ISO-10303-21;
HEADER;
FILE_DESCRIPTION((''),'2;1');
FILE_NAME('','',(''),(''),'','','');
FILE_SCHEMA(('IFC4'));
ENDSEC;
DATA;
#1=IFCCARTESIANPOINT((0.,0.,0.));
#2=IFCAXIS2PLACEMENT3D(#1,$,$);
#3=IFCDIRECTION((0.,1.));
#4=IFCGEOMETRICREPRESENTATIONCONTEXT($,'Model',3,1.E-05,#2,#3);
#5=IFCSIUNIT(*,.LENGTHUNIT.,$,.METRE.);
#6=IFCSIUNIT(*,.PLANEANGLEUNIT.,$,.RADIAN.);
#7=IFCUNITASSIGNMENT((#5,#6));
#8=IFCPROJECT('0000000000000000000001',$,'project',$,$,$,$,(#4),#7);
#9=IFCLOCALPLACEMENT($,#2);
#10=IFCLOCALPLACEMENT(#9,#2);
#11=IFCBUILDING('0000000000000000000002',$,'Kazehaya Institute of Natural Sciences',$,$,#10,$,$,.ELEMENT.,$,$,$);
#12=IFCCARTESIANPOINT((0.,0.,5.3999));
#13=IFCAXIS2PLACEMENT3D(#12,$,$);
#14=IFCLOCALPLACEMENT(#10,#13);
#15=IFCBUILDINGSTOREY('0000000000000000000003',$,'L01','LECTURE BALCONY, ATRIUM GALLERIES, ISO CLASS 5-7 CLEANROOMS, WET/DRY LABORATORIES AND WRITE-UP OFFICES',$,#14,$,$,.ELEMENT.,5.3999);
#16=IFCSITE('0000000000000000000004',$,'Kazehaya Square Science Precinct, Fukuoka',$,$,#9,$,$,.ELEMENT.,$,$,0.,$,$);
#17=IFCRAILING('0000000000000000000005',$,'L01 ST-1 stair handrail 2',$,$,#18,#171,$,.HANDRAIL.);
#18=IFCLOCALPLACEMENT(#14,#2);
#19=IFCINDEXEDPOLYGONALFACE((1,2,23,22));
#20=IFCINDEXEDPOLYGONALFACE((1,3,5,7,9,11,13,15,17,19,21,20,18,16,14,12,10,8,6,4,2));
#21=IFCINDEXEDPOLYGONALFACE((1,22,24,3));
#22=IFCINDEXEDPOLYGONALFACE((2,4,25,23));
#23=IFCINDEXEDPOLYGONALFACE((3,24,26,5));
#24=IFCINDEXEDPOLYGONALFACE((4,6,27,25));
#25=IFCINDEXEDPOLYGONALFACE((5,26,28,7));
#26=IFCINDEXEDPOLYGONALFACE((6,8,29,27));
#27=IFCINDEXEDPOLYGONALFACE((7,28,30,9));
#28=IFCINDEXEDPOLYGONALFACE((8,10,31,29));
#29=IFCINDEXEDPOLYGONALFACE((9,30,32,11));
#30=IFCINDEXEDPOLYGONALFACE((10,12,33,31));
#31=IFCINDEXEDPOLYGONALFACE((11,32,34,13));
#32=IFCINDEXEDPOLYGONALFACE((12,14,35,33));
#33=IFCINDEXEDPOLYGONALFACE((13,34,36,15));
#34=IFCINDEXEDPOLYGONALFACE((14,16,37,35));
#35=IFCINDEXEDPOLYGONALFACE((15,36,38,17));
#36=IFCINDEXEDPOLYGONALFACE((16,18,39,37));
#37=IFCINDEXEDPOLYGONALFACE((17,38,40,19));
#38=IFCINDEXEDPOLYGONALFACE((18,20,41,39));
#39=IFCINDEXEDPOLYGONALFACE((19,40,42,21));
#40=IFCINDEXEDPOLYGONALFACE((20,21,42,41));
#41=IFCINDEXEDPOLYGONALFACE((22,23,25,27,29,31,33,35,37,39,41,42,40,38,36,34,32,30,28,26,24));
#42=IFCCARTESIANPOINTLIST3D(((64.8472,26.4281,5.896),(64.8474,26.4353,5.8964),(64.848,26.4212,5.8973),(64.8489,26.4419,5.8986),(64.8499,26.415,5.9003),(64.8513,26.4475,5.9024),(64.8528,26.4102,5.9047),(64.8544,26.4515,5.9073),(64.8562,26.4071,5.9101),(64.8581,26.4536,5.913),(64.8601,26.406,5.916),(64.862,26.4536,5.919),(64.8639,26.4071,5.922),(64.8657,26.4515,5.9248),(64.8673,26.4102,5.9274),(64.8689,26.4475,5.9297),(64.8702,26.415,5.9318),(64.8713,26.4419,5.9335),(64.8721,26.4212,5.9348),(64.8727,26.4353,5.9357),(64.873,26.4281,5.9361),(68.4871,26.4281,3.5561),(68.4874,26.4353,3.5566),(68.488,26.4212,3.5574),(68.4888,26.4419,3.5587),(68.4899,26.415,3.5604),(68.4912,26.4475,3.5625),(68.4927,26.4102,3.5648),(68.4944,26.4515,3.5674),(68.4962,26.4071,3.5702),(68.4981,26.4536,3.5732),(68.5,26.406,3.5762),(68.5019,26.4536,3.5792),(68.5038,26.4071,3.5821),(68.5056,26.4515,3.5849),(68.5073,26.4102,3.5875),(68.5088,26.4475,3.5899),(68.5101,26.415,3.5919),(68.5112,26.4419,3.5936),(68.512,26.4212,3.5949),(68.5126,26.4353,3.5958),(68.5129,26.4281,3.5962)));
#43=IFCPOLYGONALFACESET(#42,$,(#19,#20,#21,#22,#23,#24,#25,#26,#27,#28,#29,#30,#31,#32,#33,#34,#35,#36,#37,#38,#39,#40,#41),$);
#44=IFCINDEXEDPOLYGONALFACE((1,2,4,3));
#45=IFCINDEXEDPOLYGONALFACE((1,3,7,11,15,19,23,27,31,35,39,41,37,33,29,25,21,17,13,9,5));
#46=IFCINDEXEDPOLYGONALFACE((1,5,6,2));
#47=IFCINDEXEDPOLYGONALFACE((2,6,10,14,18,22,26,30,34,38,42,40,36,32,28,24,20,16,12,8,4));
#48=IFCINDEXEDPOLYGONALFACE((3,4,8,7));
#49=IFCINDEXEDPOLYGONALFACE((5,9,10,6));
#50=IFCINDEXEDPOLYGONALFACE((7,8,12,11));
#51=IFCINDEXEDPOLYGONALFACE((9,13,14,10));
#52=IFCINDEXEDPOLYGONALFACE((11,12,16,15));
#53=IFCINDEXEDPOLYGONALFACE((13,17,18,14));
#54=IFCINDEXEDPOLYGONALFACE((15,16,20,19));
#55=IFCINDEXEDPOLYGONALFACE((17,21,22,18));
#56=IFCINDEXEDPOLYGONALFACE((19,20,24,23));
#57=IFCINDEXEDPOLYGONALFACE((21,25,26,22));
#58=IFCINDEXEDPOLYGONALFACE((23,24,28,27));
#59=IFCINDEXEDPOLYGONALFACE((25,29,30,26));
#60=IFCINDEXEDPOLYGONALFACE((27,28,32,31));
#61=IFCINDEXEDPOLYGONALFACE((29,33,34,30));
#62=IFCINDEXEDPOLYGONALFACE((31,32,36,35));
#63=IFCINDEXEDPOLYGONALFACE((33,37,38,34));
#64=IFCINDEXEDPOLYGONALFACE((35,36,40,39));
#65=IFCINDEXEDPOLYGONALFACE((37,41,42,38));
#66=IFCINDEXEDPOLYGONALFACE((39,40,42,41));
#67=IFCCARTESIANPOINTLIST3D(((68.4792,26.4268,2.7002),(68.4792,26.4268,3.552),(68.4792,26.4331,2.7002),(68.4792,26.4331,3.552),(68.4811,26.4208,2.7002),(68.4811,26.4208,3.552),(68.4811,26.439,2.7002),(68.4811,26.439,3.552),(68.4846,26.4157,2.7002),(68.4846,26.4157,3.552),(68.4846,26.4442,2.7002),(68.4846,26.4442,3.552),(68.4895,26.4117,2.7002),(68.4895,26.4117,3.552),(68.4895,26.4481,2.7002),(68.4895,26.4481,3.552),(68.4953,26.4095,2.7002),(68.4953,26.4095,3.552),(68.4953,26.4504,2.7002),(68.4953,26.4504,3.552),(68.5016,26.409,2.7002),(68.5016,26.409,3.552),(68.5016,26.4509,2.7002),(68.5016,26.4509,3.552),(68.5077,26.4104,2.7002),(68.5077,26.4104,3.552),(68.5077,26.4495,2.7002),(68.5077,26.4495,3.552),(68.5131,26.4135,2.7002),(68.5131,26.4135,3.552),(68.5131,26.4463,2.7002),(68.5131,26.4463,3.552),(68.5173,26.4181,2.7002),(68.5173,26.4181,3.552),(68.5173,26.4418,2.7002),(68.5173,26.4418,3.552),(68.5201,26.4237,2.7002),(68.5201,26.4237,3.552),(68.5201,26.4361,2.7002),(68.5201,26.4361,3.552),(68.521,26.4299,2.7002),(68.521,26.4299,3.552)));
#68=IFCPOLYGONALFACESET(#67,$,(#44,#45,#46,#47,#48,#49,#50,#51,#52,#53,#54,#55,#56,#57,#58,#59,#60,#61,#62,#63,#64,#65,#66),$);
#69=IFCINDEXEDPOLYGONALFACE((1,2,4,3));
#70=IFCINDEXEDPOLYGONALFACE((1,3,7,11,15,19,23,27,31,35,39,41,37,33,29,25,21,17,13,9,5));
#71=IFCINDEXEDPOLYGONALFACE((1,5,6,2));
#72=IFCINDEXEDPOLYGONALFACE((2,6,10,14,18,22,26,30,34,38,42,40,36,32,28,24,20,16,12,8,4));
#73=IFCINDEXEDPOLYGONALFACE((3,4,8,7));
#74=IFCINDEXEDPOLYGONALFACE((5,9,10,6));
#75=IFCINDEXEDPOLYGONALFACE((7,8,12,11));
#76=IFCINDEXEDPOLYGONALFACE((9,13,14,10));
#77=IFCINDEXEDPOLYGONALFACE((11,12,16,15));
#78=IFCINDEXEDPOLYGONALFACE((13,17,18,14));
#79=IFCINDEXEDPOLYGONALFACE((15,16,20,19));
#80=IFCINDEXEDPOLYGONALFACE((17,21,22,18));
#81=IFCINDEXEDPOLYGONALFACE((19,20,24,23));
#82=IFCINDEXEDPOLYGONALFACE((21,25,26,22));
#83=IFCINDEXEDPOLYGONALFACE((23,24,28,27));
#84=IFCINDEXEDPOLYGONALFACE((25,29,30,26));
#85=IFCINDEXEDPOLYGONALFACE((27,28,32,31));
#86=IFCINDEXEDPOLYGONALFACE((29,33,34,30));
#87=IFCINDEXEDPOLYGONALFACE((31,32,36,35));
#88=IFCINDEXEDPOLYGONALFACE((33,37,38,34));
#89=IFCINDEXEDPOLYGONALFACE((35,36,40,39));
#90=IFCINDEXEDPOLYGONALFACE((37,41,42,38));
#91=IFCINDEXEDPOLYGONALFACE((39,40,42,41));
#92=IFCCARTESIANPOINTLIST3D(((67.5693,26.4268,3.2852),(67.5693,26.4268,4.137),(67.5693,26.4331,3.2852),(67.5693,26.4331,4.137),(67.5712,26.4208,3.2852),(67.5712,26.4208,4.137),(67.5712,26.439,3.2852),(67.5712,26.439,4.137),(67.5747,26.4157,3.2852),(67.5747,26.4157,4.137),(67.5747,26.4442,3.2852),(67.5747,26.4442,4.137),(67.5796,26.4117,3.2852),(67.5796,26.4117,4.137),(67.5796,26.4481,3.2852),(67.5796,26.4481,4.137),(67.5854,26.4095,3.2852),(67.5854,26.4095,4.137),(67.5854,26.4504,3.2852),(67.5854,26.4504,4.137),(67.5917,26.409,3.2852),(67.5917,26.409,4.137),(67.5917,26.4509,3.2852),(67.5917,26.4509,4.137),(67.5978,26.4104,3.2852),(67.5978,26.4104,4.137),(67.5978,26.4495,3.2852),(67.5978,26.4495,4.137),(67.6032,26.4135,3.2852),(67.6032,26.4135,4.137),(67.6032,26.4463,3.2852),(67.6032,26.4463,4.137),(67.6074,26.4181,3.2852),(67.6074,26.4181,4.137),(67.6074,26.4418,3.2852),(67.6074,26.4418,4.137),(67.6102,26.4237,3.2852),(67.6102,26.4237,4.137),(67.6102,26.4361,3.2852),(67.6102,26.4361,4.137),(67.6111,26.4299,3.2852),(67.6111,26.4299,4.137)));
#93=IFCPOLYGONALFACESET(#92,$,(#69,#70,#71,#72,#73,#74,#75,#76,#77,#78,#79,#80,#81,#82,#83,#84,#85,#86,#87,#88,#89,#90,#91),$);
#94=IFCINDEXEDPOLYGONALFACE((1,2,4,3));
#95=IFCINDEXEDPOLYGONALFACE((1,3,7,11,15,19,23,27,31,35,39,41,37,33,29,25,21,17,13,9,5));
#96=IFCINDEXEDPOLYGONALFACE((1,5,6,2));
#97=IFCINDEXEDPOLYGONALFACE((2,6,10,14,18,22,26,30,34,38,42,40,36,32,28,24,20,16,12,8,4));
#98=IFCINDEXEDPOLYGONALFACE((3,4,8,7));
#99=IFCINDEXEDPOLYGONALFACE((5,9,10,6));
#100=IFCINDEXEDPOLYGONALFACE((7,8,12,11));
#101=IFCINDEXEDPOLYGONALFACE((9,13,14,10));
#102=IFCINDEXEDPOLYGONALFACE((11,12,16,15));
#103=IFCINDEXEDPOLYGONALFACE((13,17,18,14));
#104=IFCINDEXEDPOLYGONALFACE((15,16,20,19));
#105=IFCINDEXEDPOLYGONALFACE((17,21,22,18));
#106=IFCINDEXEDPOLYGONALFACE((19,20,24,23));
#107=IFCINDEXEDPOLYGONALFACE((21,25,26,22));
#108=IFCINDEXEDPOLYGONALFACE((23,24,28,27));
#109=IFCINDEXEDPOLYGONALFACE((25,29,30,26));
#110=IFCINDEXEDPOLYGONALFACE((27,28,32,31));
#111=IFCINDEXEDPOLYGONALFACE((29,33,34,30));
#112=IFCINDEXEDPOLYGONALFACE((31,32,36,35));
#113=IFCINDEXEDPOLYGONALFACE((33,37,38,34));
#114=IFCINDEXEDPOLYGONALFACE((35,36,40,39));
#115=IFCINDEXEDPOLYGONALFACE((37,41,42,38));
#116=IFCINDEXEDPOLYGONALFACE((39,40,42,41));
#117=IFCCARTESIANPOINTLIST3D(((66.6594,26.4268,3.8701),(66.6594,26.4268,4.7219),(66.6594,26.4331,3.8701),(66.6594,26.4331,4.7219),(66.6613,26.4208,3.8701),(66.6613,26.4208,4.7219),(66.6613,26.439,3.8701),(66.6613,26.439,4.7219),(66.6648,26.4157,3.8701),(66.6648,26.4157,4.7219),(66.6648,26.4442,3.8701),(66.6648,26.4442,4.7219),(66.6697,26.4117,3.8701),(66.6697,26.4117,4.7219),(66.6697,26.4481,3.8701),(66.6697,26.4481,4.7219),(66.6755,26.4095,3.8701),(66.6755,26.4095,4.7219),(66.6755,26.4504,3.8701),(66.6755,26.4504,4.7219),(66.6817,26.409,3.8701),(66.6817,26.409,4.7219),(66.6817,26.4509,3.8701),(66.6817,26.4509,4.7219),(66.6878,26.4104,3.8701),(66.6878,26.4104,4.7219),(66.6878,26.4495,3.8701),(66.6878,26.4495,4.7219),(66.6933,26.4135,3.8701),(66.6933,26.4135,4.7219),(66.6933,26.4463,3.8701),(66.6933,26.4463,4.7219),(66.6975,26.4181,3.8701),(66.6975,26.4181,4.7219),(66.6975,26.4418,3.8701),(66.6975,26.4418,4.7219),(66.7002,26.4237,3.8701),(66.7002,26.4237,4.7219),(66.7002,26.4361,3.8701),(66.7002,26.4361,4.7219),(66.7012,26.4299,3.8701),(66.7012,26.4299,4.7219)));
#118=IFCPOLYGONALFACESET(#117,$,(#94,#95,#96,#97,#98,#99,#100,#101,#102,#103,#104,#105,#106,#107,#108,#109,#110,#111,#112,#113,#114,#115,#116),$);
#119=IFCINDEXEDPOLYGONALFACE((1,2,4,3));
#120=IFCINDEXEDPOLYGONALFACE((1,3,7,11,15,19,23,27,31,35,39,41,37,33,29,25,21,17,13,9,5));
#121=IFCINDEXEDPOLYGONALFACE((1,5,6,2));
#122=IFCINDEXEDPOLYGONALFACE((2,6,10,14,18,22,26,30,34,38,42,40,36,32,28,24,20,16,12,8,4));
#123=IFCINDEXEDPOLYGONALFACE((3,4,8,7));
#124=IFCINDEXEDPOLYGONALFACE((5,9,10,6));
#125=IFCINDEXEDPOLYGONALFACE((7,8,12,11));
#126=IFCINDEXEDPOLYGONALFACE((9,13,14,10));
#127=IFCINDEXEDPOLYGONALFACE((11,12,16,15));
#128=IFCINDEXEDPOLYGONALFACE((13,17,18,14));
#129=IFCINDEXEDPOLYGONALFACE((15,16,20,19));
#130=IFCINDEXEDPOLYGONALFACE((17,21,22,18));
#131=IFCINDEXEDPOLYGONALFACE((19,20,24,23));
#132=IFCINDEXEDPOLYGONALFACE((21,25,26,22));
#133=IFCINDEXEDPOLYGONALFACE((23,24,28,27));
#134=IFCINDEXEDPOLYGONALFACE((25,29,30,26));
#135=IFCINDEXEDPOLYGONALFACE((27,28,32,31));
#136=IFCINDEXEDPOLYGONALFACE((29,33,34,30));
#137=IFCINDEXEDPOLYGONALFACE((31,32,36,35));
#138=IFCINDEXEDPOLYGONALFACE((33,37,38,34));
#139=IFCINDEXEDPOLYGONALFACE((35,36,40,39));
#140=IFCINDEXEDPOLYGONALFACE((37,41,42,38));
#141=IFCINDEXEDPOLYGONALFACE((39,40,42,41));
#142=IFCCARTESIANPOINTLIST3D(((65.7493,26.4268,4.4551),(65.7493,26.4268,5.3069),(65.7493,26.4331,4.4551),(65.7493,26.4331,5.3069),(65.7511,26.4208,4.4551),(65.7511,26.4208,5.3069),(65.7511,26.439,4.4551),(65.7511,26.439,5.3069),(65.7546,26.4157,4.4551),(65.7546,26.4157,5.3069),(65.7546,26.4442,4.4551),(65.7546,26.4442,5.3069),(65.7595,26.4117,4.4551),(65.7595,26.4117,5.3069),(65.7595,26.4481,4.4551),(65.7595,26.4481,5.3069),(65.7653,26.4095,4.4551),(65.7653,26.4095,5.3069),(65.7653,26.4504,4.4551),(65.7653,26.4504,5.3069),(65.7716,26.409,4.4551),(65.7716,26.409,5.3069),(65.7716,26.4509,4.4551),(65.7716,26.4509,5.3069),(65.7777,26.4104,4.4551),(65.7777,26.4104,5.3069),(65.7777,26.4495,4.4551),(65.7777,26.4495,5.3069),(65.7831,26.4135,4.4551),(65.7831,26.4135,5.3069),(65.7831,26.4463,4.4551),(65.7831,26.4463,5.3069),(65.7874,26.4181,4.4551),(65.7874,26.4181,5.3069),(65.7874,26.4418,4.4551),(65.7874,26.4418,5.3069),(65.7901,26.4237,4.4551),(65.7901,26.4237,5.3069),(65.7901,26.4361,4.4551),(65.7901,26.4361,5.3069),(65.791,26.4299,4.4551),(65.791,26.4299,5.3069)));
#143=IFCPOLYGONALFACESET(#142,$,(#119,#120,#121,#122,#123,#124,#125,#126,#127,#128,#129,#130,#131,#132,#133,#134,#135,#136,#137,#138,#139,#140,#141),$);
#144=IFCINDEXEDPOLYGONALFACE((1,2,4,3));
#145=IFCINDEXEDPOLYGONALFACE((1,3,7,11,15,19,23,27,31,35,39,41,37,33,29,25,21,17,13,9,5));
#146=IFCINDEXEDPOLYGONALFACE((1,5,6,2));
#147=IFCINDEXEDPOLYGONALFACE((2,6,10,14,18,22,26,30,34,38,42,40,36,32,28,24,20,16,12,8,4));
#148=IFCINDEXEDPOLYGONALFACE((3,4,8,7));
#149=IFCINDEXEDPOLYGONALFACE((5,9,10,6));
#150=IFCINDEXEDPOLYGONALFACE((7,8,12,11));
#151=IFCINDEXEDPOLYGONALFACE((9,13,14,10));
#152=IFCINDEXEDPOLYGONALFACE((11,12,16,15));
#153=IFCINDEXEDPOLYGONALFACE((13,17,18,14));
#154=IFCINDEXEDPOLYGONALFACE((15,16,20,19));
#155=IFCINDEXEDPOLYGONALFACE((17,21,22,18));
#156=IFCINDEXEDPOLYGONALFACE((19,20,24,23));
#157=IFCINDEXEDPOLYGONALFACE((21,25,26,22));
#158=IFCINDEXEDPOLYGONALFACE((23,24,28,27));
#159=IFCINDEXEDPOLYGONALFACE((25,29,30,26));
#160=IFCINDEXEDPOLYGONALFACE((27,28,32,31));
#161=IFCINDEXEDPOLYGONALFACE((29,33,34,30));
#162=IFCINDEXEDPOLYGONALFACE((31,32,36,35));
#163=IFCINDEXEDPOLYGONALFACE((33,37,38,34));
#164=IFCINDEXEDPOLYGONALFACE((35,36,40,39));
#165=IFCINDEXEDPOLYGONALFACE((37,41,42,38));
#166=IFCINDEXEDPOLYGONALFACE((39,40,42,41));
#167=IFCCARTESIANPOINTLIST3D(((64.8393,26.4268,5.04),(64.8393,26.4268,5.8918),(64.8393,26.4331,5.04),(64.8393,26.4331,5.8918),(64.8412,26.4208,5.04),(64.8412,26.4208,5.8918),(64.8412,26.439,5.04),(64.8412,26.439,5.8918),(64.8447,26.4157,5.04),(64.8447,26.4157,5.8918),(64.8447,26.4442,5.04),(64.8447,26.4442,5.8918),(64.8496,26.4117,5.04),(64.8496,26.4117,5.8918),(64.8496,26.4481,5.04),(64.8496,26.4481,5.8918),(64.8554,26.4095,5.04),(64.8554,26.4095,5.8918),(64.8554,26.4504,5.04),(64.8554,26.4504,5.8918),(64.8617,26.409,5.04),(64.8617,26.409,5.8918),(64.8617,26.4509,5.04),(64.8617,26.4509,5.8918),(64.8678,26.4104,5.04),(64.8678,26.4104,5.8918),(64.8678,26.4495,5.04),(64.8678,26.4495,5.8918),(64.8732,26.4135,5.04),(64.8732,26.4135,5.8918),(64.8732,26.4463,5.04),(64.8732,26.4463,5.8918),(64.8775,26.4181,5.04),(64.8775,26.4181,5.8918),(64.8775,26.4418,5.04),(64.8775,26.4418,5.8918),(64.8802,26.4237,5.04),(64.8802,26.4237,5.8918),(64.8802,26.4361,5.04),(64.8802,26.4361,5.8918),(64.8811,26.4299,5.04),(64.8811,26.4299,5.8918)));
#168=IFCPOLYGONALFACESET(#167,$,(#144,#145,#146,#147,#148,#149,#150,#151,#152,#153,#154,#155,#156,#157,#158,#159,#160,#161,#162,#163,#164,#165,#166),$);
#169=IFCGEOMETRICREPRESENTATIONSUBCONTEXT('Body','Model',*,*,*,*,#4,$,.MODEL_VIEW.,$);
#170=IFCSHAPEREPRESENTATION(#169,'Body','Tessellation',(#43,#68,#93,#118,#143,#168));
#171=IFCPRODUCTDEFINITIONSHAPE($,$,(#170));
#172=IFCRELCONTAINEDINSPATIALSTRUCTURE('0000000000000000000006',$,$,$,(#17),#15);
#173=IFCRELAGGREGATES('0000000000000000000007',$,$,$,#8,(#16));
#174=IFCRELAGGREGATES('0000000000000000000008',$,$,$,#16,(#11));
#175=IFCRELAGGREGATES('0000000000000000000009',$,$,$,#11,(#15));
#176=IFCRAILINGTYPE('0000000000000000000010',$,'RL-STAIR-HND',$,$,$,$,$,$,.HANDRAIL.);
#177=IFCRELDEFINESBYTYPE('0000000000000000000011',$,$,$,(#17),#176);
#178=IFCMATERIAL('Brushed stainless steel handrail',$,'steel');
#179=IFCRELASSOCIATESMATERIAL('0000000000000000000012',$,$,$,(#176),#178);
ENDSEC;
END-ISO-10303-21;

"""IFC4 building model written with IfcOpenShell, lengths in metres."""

from ifc_helpers import new_model, si_unit, direction, frame, origin, origin_2d, place, context, subcontext, project, spatial, circle, extrude, material, type_object, element, save


model = new_model("IFC4")

# Units and contexts
model_context = context("Model", 3, precision=1e-05, world=origin(), true_north=direction((0.0, 1.0)))
body_context = subcontext(model_context, "Body", "Model", "MODEL_VIEW")
ifc_project = project(units=[si_unit("LENGTHUNIT", "METRE"), si_unit("PLANEANGLEUNIT", "RADIAN")], contexts=[model_context])

# Site, building, storey
site_placement = place(None, origin())
site = spatial("IfcSite", under=ifc_project, at=site_placement, Name="Kazehaya Square Science Precinct, Fukuoka", CompositionType="ELEMENT", RefElevation=0.0)
building_placement = place(site_placement, origin())
building = spatial("IfcBuilding", under=site, at=building_placement, Name="Kazehaya Institute of Natural Sciences", CompositionType="ELEMENT")
storey_placement = place(building_placement, frame((0.0, 0.0, 5.3999)))
storey = spatial("IfcBuildingStorey", under=building, at=storey_placement, Name="L01", Description="LECTURE BALCONY, ATRIUM GALLERIES, ISO CLASS 5-7 CLEANROOMS, WET/DRY LABORATORIES AND WRITE-UP OFFICES", CompositionType="ELEMENT", Elevation=5.3999)

# Railing
ifc_material_1 = material(Name="Brushed stainless steel handrail", Category="steel")
railing_type_1 = type_object("IfcRailingType", Name="RL-STAIR-HND", PredefinedType="HANDRAIL", material=ifc_material_1)
railing_1_placement = place(storey_placement, frame((68.5, 26.4299, 2.7002)))
element("IfcRailing", 1, at=railing_1_placement, inside=storey, type_object=railing_type_1, Name="L01 ST-1 stair handrail 2", PredefinedType="HANDRAIL", context=body_context, shape_type="SweptSolid", body=[
    extrude(circle(Radius=0.0239, at=origin_2d()), frame((0.0, 0.0, 0.876), z_axis=(-0.841188, 0.0, 0.540743), x_axis=(0.0, -1.0, 0.0)), (0.0, 0.0, 1.0), 4.3271),
    extrude(circle(Radius=0.021, at=origin_2d()), origin(), (0.0, 0.0, 1.0), 0.8518),
    extrude(circle(Radius=0.021, at=origin_2d()), frame((-0.9099, 0.0, 0.585)), (0.0, 0.0, 1.0), 0.8518),
    extrude(circle(Radius=0.021, at=origin_2d()), frame((-1.8198, 0.0, 1.1699)), (0.0, 0.0, 1.0), 0.8518),
    extrude(circle(Radius=0.021, at=origin_2d()), frame((-2.73, 0.0, 1.7549)), (0.0, 0.0, 1.0), 0.8518),
    extrude(circle(Radius=0.021, at=origin_2d()), frame((-3.6399, 0.0, 2.3398)), (0.0, 0.0, 1.0), 0.8518),
])

save(model, "model.ifc")
